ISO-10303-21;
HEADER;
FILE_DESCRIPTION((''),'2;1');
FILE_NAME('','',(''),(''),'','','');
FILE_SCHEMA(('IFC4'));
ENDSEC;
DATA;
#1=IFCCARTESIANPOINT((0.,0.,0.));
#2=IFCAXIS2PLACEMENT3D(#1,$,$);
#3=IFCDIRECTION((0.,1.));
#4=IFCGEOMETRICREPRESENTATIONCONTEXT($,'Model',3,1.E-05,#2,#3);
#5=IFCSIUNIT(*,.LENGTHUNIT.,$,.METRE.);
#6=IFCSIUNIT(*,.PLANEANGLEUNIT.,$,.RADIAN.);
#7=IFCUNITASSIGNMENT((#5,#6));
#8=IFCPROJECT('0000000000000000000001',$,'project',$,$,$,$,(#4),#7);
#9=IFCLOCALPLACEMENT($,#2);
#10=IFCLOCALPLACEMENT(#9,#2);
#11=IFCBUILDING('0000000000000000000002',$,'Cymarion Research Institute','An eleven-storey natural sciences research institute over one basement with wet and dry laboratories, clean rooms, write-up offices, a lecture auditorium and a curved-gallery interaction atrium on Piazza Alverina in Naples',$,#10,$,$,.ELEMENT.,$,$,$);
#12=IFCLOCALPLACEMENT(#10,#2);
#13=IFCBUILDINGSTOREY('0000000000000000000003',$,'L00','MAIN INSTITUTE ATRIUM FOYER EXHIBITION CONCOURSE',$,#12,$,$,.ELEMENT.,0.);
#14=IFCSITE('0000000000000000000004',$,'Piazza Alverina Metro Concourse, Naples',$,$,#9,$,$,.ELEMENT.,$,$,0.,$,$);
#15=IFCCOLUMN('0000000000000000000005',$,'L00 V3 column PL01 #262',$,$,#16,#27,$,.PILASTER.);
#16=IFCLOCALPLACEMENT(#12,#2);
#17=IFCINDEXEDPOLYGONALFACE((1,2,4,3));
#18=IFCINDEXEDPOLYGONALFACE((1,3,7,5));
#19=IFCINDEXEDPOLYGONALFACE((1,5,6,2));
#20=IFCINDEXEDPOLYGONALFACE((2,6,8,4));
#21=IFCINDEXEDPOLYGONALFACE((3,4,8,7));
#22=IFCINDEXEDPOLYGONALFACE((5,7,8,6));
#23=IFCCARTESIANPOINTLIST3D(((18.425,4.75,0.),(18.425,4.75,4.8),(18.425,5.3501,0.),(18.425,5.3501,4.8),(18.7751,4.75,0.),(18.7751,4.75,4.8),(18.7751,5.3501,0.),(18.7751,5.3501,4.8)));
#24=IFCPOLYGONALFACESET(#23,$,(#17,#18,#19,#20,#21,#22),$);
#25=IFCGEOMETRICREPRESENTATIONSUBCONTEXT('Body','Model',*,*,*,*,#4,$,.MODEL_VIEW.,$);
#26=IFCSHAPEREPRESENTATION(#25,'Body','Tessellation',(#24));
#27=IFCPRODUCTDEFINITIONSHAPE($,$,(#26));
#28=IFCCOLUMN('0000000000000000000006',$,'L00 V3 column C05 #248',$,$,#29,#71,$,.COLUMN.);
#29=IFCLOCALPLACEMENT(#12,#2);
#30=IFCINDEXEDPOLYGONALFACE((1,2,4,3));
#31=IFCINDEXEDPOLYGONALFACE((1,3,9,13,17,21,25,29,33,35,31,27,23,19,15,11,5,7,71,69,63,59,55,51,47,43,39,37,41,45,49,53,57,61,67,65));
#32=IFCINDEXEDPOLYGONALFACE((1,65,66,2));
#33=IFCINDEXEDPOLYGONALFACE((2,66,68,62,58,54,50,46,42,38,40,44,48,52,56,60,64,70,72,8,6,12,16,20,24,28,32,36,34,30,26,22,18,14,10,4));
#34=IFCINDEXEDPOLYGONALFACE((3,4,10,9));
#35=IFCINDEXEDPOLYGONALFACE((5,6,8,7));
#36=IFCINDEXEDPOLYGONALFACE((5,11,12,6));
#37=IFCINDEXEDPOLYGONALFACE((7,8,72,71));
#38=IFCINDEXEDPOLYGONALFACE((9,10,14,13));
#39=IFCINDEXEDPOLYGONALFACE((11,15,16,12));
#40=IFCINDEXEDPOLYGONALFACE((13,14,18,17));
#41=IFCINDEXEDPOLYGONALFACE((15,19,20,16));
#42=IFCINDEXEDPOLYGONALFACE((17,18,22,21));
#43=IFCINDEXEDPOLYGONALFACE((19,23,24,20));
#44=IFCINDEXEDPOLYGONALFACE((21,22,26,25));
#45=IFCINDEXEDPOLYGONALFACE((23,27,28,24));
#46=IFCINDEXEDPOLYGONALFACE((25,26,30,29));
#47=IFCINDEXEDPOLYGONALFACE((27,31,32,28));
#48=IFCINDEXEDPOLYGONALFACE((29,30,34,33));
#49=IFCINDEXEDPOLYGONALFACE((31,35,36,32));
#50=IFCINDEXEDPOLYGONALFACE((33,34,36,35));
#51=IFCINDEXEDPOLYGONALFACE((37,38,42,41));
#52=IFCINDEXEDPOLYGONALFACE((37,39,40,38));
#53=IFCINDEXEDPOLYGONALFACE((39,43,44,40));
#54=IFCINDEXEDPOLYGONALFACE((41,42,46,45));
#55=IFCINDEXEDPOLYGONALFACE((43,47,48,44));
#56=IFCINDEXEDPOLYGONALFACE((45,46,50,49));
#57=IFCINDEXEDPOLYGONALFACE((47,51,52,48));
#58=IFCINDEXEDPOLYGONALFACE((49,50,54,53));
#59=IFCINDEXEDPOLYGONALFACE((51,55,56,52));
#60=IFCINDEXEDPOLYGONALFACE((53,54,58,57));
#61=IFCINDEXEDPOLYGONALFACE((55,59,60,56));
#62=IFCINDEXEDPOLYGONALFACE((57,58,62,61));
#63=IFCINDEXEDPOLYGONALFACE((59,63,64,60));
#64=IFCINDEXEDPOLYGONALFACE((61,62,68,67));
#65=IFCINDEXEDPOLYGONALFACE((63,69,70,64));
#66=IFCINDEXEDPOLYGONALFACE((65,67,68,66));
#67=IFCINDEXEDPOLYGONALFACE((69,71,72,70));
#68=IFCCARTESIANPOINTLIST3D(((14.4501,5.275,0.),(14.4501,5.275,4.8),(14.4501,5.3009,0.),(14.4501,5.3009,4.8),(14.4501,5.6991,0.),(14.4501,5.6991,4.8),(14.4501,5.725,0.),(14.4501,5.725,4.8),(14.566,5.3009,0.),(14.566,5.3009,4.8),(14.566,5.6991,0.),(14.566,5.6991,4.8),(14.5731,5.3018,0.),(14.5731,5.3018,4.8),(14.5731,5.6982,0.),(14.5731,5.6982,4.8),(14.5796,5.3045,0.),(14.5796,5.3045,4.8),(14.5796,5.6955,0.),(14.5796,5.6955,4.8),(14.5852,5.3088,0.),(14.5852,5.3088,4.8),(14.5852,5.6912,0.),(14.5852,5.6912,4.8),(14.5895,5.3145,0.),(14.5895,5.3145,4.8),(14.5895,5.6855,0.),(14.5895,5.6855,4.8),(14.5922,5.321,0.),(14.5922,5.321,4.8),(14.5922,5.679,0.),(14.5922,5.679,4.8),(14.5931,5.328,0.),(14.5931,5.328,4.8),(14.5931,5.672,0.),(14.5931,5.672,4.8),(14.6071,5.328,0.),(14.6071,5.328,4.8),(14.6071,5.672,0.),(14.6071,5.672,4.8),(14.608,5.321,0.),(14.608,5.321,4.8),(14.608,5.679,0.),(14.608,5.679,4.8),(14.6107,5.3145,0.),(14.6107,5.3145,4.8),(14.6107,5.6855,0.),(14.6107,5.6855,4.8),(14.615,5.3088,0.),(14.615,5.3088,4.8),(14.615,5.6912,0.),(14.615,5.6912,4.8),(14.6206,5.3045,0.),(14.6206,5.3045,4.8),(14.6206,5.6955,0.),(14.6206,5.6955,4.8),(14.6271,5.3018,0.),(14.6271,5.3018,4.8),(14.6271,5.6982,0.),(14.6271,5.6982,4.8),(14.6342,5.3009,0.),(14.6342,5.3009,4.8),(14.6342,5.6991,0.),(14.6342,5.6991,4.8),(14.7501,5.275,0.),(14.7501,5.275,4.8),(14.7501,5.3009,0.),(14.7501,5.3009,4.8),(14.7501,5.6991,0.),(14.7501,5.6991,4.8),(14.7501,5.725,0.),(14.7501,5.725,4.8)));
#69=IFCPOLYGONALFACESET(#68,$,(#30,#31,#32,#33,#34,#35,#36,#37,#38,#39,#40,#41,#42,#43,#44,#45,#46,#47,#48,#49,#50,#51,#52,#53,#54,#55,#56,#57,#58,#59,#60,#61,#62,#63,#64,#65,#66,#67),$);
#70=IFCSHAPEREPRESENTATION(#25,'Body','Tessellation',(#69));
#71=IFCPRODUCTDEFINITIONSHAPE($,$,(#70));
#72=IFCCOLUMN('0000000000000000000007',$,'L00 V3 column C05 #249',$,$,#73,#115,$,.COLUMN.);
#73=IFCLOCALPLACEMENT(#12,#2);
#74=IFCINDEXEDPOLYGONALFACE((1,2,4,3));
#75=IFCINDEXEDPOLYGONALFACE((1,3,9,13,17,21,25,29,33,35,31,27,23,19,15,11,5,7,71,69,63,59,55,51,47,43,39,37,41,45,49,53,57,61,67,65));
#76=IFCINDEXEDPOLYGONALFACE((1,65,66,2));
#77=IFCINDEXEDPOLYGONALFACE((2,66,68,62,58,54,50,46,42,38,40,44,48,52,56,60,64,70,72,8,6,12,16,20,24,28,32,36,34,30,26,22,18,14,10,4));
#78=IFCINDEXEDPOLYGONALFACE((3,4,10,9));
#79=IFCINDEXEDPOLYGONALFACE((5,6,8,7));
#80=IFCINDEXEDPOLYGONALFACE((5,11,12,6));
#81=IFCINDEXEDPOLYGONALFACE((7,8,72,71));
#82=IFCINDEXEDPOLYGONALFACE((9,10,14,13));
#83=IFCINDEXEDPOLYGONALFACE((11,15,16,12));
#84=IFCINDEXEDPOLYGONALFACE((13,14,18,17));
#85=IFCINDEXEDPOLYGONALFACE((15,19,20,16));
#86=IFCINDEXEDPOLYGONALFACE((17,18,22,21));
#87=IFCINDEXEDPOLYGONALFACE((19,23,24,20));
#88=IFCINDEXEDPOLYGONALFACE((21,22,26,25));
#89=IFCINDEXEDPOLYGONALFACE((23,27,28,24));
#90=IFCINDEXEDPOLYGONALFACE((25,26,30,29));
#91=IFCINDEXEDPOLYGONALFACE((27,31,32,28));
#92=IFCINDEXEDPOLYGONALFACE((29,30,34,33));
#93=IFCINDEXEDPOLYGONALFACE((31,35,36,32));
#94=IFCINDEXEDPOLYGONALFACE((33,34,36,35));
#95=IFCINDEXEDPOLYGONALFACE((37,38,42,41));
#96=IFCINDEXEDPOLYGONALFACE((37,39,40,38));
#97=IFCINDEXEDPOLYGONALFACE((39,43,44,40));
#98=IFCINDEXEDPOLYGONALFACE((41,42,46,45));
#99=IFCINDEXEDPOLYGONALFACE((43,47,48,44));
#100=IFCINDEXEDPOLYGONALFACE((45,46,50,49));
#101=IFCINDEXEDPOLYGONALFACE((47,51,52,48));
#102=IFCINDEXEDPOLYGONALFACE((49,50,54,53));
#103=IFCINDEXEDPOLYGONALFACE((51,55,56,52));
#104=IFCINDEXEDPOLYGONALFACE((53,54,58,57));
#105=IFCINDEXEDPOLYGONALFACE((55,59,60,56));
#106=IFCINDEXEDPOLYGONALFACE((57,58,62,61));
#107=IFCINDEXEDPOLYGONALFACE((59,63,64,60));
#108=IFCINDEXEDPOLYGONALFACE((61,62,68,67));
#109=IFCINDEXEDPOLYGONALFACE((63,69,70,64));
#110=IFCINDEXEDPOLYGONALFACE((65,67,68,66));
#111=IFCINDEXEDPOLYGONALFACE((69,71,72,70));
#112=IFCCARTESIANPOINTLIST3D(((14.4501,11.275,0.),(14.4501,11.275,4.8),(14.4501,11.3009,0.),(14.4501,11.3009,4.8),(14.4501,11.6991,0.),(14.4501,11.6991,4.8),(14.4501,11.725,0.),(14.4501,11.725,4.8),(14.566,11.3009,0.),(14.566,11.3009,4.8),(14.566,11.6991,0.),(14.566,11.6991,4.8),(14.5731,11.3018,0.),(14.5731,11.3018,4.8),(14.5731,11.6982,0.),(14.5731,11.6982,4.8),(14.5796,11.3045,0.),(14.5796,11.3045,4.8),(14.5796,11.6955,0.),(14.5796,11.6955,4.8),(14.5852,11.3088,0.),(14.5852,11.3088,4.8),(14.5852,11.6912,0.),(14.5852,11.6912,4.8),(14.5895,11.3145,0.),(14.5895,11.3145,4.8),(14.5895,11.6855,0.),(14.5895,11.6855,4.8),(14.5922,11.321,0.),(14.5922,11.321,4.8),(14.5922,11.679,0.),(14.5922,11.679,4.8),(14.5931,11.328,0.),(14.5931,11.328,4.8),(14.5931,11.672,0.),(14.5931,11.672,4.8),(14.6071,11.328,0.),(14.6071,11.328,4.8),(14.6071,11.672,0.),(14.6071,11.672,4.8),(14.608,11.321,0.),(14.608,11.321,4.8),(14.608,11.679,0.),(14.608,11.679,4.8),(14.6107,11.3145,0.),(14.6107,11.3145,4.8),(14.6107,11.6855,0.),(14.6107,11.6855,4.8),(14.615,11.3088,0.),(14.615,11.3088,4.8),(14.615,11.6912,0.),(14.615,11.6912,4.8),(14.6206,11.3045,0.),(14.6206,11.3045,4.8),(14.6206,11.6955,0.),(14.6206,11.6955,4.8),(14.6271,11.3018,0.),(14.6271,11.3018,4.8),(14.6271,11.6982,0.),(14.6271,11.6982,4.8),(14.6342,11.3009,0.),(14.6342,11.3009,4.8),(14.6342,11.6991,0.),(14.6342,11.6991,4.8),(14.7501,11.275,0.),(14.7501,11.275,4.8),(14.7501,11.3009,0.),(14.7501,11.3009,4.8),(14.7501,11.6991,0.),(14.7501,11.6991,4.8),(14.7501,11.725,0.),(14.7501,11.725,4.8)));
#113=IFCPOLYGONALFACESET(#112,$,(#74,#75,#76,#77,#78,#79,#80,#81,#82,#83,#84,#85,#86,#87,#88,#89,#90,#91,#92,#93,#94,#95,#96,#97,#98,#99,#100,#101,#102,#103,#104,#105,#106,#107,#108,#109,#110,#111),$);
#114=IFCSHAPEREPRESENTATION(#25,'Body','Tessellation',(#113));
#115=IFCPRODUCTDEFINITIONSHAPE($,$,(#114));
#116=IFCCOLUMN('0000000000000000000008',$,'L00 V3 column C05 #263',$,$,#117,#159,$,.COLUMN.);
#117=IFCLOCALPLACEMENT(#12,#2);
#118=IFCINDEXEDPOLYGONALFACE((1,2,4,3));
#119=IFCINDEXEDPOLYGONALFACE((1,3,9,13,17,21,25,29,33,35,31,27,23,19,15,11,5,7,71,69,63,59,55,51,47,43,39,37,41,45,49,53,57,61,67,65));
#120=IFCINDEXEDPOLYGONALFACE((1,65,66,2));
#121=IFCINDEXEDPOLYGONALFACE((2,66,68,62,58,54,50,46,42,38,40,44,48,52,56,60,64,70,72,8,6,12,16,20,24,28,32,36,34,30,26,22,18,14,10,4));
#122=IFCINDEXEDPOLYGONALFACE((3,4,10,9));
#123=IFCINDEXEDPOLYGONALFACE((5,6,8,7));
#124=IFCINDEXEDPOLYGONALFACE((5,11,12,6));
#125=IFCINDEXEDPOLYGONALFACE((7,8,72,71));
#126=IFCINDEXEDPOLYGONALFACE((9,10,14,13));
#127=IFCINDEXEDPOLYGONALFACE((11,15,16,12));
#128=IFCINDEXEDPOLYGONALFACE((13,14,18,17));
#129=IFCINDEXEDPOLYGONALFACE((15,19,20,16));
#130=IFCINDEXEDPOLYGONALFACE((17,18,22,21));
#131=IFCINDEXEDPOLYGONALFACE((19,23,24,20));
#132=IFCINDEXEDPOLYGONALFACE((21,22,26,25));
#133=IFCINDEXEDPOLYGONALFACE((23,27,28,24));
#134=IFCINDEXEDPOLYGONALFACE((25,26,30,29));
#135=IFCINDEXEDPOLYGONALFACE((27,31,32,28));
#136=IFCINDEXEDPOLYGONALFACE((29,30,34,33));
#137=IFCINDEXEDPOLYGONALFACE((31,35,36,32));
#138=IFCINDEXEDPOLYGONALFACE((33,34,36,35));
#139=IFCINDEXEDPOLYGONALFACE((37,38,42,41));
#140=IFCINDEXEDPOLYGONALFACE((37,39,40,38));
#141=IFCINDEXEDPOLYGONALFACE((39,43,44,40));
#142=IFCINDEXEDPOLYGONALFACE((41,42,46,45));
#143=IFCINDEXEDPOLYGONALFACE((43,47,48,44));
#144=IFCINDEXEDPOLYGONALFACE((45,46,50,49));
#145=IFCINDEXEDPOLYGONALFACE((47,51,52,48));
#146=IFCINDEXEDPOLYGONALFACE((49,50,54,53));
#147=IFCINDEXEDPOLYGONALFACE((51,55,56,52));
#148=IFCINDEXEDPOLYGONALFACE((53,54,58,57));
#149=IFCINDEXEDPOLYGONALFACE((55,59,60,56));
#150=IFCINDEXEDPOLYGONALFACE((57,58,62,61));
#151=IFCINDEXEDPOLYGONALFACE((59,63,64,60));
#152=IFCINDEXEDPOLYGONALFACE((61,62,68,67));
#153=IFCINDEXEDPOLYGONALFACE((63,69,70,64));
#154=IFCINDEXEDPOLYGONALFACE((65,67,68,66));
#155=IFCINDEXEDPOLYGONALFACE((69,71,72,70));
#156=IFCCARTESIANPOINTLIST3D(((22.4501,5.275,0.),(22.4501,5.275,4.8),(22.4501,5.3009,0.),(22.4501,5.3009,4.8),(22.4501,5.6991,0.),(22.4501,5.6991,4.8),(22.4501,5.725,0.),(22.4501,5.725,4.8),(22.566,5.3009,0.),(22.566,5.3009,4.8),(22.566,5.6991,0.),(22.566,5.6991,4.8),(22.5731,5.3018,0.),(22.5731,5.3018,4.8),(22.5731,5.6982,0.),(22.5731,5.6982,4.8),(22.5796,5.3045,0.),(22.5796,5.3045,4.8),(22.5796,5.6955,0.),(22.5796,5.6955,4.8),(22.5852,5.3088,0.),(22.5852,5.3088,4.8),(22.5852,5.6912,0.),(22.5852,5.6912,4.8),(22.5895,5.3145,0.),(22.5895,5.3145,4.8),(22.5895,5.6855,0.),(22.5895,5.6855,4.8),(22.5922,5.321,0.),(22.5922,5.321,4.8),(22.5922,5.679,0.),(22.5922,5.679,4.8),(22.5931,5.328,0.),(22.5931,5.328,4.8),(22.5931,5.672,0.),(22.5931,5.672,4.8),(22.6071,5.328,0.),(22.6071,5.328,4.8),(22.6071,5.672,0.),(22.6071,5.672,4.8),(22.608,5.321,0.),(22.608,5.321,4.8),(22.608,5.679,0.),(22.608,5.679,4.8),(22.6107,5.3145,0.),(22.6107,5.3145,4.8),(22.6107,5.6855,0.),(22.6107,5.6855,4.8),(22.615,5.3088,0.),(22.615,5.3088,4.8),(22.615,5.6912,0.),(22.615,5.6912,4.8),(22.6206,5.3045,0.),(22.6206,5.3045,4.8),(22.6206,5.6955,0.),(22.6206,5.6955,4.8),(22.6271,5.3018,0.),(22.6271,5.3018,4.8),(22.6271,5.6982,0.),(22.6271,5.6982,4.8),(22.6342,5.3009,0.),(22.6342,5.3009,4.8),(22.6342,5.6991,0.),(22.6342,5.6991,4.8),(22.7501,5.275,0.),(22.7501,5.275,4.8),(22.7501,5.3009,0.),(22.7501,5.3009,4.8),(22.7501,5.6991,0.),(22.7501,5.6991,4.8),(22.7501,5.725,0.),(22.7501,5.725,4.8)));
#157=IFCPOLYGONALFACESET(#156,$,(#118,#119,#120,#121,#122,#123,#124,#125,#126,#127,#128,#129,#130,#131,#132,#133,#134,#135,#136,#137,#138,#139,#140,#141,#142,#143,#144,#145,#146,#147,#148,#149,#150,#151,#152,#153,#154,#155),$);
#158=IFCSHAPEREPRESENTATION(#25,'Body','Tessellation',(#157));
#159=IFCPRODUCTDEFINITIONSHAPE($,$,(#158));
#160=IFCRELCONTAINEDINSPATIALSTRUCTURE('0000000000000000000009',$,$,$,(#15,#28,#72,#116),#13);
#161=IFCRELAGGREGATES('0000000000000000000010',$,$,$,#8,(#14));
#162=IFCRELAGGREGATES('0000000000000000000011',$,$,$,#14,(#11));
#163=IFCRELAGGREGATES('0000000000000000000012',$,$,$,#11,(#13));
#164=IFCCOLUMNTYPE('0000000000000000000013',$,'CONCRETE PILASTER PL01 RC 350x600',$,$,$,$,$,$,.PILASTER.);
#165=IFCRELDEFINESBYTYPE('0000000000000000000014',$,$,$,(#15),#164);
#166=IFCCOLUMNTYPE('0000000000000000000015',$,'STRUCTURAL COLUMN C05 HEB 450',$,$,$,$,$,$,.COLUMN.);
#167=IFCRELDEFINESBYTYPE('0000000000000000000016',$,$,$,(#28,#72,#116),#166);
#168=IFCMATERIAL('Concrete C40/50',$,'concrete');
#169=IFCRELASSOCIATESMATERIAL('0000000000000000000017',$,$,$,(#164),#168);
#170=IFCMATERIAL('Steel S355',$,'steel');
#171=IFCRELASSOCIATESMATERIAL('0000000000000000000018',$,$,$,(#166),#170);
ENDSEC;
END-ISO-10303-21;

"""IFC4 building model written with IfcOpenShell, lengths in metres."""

from ifc_helpers import new_model, si_unit, direction, frame, origin, origin_2d, place, context, subcontext, project, spatial, rectangle, i_section, extrude, material, material_profile, profile_set, type_object, element, save


model = new_model("IFC4")

# Units and contexts
model_context = context("Model", 3, precision=1e-05, world=origin(), true_north=direction((0.0, 1.0)))
body_context = subcontext(model_context, "Body", "Model", "MODEL_VIEW")
ifc_project = project(units=[si_unit("LENGTHUNIT", "METRE"), si_unit("PLANEANGLEUNIT", "RADIAN")], contexts=[model_context])

# Site, building, storey
site_placement = place(None, origin())
site = spatial("IfcSite", under=ifc_project, at=site_placement, Name="Piazza Alverina Metro Concourse, Naples", CompositionType="ELEMENT", RefElevation=0.0)
building_placement = place(site_placement, origin())
building = spatial("IfcBuilding", under=site, at=building_placement, Name="Cymarion Research Institute", Description="An eleven-storey natural sciences research institute over one basement with wet and dry laboratories, clean rooms, write-up offices, a lecture auditorium and a curved-gallery interaction atrium on Piazza Alverina in Naples", CompositionType="ELEMENT")
storey_placement = place(building_placement, origin())
storey = spatial("IfcBuildingStorey", under=building, at=storey_placement, Name="L00", Description="MAIN INSTITUTE ATRIUM FOYER EXHIBITION CONCOURSE", CompositionType="ELEMENT", Elevation=0.0)

# Columns
ifc_material_1 = material(Name="Concrete C40/50", Category="concrete")
ifc_material_profile_1 = material_profile(ifc_material_1, rectangle(XDim=0.3501, YDim=0.6001, at=origin_2d()), Name="RC 350x600")
ifc_profile_set_1 = profile_set([ifc_material_profile_1], Name="Concrete C40/50")
column_type_1 = type_object("IfcColumnType", Name="CONCRETE PILASTER PL01 RC 350x600", PredefinedType="PILASTER", material=ifc_profile_set_1)
column_placement = place(storey_placement, frame((18.6001, 5.05, 0.0), z_axis=(0.0, 0.0, 1.0), x_axis=(1.0, 0.0, 0.0)))
element("IfcColumn", 1, at=column_placement, inside=storey, type_object=column_type_1, Name="L00 V3 column PL01 #262", PredefinedType="PILASTER", context=body_context, shape_type="SweptSolid", body=[
    extrude(rectangle(XDim=0.3501, YDim=0.6001, at=origin_2d()), origin(), (0.0, 0.0, 1.0), 4.8),
])
ifc_material_2 = material(Name="Steel S355", Category="steel")
ifc_material_profile_2 = material_profile(ifc_material_2, i_section(OverallWidth=0.3, OverallDepth=0.45, WebThickness=0.0139, FlangeThickness=0.0259, FilletRadius=0.0271, at=origin_2d()), Name="HEB 450")
ifc_profile_set_2 = profile_set([ifc_material_profile_2], Name="Steel S355")
column_type_2 = type_object("IfcColumnType", Name="STRUCTURAL COLUMN C05 HEB 450", PredefinedType="COLUMN", material=ifc_profile_set_2)
for number, where, z_axis, x_axis, name in (
    (2, (14.6001, 5.5, 0.0), (0.0, 0.0, 1.0), (1.0, 0.0, 0.0), "L00 V3 column C05 #248"),
    (3, (14.6001, 11.5, 0.0), (0.0, 0.0, 1.0), (1.0, 0.0, 0.0), "L00 V3 column C05 #249"),
    (4, (22.6001, 5.5, 0.0), (0.0, 0.0, 1.0), (1.0, 0.0, 0.0), "L00 V3 column C05 #263"),
):
    element("IfcColumn", number, at=place(storey_placement, frame(where, z_axis=z_axis, x_axis=x_axis)), inside=storey, type_object=column_type_2, Name=name, PredefinedType="COLUMN", context=body_context, shape_type="SweptSolid", body=[
        extrude(i_section(OverallWidth=0.3, OverallDepth=0.45, WebThickness=0.0139, FlangeThickness=0.0259, FilletRadius=0.0271, at=origin_2d()), origin(), (0.0, 0.0, 1.0), 4.8),
    ])

save(model, "model.ifc")
